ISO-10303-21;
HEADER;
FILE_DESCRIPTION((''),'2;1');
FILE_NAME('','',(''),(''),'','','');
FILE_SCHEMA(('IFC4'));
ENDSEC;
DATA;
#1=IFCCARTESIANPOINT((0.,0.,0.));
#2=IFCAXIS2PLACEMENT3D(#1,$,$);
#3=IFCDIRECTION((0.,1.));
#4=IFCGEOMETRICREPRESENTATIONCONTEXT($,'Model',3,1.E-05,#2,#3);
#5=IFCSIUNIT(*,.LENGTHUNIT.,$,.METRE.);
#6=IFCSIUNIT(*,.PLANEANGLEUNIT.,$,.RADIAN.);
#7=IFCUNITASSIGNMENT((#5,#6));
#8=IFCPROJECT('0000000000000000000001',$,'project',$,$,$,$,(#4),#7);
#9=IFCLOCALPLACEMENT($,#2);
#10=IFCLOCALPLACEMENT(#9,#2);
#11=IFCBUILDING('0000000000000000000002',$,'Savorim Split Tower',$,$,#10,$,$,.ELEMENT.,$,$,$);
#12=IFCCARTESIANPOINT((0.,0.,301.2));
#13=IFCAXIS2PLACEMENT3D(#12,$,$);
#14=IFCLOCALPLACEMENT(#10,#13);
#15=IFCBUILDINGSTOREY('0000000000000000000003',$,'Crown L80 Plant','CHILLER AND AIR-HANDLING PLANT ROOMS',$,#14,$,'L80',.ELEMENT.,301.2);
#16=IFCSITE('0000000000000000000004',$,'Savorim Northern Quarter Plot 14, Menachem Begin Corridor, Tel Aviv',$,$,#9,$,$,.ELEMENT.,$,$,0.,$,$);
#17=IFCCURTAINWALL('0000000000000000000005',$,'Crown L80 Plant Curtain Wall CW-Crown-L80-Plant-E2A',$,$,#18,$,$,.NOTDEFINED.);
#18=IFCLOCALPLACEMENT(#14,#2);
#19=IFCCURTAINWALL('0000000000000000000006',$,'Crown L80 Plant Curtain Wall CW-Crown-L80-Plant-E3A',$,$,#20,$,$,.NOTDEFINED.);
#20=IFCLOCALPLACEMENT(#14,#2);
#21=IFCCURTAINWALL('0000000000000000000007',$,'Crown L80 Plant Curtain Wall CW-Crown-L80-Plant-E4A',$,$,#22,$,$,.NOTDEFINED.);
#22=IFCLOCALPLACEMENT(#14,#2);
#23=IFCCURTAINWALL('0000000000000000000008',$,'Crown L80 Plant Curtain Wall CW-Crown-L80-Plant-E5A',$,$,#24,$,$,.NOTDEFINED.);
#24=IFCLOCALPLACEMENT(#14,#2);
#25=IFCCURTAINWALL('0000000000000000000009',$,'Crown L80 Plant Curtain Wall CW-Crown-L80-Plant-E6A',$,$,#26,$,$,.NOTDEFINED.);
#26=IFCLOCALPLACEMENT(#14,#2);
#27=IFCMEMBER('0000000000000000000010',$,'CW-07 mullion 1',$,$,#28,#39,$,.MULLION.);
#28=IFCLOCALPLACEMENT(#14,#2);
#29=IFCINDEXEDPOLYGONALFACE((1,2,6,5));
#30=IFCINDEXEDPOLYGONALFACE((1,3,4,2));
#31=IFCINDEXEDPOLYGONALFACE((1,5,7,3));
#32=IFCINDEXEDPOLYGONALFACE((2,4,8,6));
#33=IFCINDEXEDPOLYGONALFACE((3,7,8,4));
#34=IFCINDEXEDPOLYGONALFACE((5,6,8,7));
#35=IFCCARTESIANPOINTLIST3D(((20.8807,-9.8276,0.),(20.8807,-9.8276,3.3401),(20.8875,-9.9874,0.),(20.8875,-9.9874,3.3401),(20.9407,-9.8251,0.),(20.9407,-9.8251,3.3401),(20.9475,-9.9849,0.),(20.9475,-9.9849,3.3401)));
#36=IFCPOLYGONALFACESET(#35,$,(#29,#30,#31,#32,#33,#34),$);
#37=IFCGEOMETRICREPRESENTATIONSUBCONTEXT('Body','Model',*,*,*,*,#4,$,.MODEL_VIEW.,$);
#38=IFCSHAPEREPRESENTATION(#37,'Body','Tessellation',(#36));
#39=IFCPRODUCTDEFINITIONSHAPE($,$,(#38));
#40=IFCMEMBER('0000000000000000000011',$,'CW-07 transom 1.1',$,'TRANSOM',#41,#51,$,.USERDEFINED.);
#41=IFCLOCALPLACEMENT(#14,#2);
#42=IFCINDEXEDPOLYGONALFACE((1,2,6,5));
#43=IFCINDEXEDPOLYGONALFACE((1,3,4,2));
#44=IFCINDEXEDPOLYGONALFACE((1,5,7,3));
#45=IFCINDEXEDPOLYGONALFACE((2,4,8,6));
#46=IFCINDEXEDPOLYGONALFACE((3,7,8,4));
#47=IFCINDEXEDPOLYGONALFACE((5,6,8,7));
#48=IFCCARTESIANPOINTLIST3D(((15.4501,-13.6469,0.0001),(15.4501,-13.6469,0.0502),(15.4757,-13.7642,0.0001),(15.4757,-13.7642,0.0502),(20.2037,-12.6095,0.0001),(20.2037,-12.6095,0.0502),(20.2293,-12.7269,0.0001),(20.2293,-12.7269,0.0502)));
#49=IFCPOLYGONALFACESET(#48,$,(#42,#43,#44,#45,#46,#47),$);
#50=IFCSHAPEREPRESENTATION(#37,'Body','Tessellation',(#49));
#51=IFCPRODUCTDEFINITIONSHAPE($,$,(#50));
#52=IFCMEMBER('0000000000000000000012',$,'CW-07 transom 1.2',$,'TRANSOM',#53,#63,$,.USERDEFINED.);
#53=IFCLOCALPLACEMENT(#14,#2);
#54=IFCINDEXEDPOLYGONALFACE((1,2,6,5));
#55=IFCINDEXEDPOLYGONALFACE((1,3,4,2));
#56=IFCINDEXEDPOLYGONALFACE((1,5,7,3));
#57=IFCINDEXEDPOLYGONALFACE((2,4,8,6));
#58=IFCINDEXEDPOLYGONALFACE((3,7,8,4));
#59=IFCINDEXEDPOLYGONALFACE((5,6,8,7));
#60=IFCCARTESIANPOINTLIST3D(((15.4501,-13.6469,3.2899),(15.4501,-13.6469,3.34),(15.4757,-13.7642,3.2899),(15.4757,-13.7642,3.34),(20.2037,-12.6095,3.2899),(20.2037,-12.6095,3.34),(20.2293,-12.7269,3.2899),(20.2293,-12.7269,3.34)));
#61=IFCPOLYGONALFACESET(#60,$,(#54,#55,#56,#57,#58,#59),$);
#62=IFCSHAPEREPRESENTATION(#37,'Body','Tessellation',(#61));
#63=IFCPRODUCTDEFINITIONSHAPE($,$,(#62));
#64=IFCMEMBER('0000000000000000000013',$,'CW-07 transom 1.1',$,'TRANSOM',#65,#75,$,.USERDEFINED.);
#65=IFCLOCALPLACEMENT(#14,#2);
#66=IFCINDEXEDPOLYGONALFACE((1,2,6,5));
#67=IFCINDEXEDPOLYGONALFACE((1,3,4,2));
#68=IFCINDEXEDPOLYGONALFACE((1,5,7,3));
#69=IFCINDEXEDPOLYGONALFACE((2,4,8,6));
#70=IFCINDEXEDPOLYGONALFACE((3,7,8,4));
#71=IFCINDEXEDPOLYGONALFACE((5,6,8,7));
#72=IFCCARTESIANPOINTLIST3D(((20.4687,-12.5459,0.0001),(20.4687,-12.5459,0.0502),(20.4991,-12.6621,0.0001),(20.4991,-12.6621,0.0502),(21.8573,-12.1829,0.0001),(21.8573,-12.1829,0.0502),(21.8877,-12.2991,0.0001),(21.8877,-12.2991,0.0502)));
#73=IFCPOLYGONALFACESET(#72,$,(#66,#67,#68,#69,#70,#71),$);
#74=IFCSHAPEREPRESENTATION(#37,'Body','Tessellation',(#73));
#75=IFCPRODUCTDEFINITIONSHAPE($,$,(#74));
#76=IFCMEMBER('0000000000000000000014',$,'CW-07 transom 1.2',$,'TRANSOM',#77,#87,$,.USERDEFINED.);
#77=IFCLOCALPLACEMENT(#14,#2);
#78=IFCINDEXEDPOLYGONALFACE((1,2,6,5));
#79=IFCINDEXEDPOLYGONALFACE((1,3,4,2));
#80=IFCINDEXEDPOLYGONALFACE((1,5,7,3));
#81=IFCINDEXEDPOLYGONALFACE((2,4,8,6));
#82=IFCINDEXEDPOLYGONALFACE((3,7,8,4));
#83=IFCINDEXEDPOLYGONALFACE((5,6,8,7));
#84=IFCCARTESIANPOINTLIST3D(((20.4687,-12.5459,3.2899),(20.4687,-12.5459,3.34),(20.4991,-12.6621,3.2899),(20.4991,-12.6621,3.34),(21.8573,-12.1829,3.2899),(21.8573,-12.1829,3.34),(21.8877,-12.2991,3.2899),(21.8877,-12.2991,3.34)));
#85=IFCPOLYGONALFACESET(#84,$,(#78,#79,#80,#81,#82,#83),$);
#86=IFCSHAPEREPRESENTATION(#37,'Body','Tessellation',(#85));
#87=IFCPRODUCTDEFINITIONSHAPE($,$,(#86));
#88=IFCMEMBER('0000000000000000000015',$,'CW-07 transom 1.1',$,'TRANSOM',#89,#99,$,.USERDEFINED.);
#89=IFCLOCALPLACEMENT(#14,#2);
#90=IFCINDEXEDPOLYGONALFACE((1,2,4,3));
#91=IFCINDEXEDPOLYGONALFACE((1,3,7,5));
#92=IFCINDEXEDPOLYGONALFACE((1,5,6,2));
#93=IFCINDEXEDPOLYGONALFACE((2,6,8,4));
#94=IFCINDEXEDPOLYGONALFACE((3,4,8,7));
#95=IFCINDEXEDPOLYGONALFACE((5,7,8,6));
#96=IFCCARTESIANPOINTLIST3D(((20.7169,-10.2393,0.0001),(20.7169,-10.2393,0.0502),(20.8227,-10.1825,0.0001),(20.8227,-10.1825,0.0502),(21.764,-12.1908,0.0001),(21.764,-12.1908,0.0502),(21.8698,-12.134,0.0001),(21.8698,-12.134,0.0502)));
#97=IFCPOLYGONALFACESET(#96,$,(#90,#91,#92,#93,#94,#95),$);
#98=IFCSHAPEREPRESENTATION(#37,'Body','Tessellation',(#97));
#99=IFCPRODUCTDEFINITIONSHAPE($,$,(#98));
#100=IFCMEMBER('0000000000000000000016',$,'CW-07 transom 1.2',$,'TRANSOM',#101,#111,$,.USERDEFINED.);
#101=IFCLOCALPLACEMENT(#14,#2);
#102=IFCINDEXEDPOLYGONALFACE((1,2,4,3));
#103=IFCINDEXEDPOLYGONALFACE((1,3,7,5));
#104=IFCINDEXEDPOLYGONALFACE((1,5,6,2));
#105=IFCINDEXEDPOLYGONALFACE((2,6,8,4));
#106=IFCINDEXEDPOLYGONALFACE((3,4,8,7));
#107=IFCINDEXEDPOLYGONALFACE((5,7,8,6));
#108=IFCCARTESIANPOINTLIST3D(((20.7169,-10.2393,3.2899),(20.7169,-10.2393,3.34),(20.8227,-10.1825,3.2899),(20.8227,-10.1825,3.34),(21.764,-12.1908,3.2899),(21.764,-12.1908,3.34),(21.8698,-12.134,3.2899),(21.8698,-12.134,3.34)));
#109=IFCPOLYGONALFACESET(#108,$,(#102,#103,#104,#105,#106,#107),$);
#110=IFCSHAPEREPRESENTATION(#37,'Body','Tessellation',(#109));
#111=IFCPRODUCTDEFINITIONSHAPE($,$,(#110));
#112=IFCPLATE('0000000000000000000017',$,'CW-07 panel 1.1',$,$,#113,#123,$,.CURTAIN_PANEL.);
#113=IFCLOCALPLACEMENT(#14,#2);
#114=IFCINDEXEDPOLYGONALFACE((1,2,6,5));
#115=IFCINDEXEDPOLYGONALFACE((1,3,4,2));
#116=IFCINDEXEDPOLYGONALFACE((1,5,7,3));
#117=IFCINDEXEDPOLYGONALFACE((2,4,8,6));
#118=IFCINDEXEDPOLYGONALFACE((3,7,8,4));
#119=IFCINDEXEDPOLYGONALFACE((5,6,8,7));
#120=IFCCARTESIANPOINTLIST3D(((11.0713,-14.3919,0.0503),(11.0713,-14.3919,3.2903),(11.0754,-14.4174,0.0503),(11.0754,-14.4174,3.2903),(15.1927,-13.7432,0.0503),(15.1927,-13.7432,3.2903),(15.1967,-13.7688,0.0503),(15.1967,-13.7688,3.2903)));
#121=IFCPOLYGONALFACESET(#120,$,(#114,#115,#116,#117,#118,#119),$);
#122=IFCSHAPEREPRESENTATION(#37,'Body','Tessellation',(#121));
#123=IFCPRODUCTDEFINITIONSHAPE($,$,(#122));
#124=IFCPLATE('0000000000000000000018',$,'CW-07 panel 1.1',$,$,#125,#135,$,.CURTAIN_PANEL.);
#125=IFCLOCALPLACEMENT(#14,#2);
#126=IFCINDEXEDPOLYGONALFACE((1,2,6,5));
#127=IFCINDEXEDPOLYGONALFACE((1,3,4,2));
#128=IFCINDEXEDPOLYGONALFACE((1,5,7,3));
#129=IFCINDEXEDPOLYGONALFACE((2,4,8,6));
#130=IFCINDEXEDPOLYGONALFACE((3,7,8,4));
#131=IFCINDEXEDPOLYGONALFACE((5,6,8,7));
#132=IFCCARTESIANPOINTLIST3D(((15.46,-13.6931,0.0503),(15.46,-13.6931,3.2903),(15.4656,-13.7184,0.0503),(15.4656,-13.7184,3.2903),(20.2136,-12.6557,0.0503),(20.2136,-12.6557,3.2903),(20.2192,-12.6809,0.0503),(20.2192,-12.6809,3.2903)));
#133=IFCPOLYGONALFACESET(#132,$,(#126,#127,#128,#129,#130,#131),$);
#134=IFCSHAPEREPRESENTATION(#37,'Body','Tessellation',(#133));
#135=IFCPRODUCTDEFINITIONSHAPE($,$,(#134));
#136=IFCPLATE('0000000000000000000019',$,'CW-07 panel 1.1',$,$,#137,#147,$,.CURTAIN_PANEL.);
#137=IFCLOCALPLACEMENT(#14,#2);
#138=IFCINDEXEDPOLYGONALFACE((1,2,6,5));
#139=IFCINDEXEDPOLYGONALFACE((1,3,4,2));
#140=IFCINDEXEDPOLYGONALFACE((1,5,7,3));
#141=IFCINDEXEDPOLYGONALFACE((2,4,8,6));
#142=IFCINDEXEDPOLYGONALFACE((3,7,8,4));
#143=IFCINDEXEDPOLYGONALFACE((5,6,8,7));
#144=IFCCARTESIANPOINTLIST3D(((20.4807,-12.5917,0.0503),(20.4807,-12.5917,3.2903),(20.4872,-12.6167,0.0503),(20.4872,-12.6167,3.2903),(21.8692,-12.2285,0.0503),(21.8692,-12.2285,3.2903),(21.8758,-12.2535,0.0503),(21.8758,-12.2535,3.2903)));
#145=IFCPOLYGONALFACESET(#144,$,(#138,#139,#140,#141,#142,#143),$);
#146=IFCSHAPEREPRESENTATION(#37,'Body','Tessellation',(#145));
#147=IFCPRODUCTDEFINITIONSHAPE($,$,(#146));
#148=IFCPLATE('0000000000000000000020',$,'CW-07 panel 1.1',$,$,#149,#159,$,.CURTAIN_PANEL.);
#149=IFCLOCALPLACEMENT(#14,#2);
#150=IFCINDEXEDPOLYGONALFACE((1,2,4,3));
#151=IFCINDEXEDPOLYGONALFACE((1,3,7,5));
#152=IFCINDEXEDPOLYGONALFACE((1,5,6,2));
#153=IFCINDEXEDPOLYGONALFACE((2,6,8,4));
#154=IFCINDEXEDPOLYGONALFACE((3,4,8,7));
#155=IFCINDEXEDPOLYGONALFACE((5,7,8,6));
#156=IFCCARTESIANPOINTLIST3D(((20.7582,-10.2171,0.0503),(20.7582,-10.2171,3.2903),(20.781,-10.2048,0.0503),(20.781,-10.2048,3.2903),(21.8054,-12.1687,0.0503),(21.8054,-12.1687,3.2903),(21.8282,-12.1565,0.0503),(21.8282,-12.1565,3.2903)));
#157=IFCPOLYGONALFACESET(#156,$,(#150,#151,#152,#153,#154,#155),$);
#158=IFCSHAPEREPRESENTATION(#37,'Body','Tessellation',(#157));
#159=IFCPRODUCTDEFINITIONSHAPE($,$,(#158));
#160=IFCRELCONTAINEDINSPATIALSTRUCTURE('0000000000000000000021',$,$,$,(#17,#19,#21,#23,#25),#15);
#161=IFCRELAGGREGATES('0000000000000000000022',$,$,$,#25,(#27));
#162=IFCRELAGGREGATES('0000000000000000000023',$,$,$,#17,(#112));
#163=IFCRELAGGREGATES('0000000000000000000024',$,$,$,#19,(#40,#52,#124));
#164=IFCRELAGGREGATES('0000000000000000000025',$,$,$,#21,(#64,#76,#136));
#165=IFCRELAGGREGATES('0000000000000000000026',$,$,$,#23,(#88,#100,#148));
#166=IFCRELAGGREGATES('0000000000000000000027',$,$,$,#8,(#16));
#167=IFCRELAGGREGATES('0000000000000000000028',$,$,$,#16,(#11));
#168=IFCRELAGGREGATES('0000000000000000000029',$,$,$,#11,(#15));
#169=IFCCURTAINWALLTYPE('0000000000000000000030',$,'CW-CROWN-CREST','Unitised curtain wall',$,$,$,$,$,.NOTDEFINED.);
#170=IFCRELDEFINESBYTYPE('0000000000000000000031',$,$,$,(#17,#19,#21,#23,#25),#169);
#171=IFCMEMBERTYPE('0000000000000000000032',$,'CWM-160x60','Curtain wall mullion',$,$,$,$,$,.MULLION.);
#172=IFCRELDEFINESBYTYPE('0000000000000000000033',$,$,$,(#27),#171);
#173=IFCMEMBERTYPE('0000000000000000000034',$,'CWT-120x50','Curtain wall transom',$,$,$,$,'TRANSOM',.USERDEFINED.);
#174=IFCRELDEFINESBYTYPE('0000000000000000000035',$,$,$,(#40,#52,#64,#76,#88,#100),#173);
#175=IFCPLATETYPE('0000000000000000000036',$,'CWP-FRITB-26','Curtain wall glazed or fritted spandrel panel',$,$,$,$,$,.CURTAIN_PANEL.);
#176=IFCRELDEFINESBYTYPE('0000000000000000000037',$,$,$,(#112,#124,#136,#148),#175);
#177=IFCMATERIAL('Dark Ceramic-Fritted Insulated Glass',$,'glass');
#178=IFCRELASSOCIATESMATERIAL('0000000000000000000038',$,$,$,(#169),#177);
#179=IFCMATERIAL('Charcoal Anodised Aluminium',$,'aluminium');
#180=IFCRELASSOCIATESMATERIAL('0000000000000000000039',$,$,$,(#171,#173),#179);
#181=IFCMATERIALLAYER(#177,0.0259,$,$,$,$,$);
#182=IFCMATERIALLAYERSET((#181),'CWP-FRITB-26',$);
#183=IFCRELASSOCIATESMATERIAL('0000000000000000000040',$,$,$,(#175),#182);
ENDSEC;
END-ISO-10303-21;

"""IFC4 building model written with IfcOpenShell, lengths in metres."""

from ifc_helpers import new_model, si_unit, direction, frame, origin, origin_2d, place, context, subcontext, project, spatial, rectangle, extrude, material, layer, layer_set, material_profile, profile_set, type_object, element, aggregate, save


model = new_model("IFC4")

# Units and contexts
model_context = context("Model", 3, precision=1e-05, world=origin(), true_north=direction((0.0, 1.0)))
body_context = subcontext(model_context, "Body", "Model", "MODEL_VIEW")
ifc_project = project(units=[si_unit("LENGTHUNIT", "METRE"), si_unit("PLANEANGLEUNIT", "RADIAN")], contexts=[model_context])

# Site, building, storey
site_placement = place(None, origin())
site = spatial("IfcSite", under=ifc_project, at=site_placement, Name="Savorim Northern Quarter Plot 14, Menachem Begin Corridor, Tel Aviv", CompositionType="ELEMENT", RefElevation=0.0)
building_placement = place(site_placement, origin())
building = spatial("IfcBuilding", under=site, at=building_placement, Name="Savorim Split Tower", CompositionType="ELEMENT")
storey_placement = place(building_placement, frame((0.0, 0.0, 301.2)))
storey = spatial("IfcBuildingStorey", under=building, at=storey_placement, Name="Crown L80 Plant", Description="CHILLER AND AIR-HANDLING PLANT ROOMS", LongName="L80", CompositionType="ELEMENT", Elevation=301.2)

# Curtain wall
ifc_material_1 = material(Name="Dark Ceramic-Fritted Insulated Glass", Category="glass")
curtain_wall_type = type_object("IfcCurtainWallType", Name="CW-CROWN-CREST", Description="Unitised curtain wall", PredefinedType="NOTDEFINED", material=ifc_material_1)
curtain_wall_1_placement = place(storey_placement, origin())
curtain_wall_1 = element("IfcCurtainWall", 1, at=curtain_wall_1_placement, inside=storey, type_object=curtain_wall_type, Name="Crown L80 Plant Curtain Wall CW-Crown-L80-Plant-E2A", PredefinedType="NOTDEFINED")
ifc_material_2 = material(Name="Charcoal Anodised Aluminium", Category="aluminium")
ifc_material_profile_1 = material_profile(ifc_material_2, rectangle(XDim=0.1599, YDim=0.0601, at=origin_2d()), Name="ALU-M 160x60")
ifc_profile_set_1 = profile_set([ifc_material_profile_1], Name="Charcoal Anodised Aluminium")
member_type_1 = type_object("IfcMemberType", Name="CWM-160x60", Description="Curtain wall mullion", PredefinedType="MULLION", material=ifc_profile_set_1)

# Curtain walls
curtain_wall_2_placement = place(storey_placement, origin())
curtain_wall_2 = element("IfcCurtainWall", 2, at=curtain_wall_2_placement, inside=storey, type_object=curtain_wall_type, Name="Crown L80 Plant Curtain Wall CW-Crown-L80-Plant-E3A", PredefinedType="NOTDEFINED")
curtain_wall_3_placement = place(storey_placement, origin())
curtain_wall_3 = element("IfcCurtainWall", 3, at=curtain_wall_3_placement, inside=storey, type_object=curtain_wall_type, Name="Crown L80 Plant Curtain Wall CW-Crown-L80-Plant-E4A", PredefinedType="NOTDEFINED")
curtain_wall_4_placement = place(storey_placement, origin())
curtain_wall_4 = element("IfcCurtainWall", 4, at=curtain_wall_4_placement, inside=storey, type_object=curtain_wall_type, Name="Crown L80 Plant Curtain Wall CW-Crown-L80-Plant-E5A", PredefinedType="NOTDEFINED")

# Curtain wall, member
curtain_wall_5_placement = place(storey_placement, origin())
curtain_wall_5 = element("IfcCurtainWall", 5, at=curtain_wall_5_placement, inside=storey, type_object=curtain_wall_type, Name="Crown L80 Plant Curtain Wall CW-Crown-L80-Plant-E6A", PredefinedType="NOTDEFINED")
member_1_placement = place(storey_placement, frame((20.9141, -9.9062, 0.0), z_axis=(0.0, 0.0, 1.0), x_axis=(-0.042504, 0.999096, 0.0)))
member_1 = element("IfcMember", 6, at=member_1_placement, type_object=member_type_1, Name="CW-07 mullion 1", PredefinedType="MULLION", context=body_context, shape_type="SweptSolid", body=[
    extrude(rectangle(XDim=0.1599, YDim=0.0601, at=origin_2d()), origin(), (0.0, 0.0, 1.0), 3.3401),
])
aggregate(curtain_wall_5, [member_1])

# Members
ifc_material_profile_2 = material_profile(ifc_material_2, rectangle(XDim=0.1201, YDim=0.05, at=origin_2d()), Name="ALU-T 120x50")
ifc_profile_set_2 = profile_set([ifc_material_profile_2], Name="Charcoal Anodised Aluminium")
member_type_2 = type_object("IfcMemberType", Name="CWT-120x50", Description="Curtain wall transom", ElementType="TRANSOM", PredefinedType="USERDEFINED", material=ifc_profile_set_2)
member_2_placement = place(storey_placement, frame((15.4629, -13.7056, 0.0251), z_axis=(0.977008, 0.213205, 0.0), x_axis=(-0.213205, 0.977008, 0.0)))
member_2 = element("IfcMember", 7, at=member_2_placement, type_object=member_type_2, Name="CW-07 transom 1.1", ObjectType="TRANSOM", PredefinedType="USERDEFINED", context=body_context, shape_type="SweptSolid", body=[
    extrude(rectangle(XDim=0.1201, YDim=0.05, at=origin_2d()), origin(), (0.0, 0.0, 1.0), 4.8655),
])
member_3_placement = place(storey_placement, frame((15.4629, -13.7056, 3.3149), z_axis=(0.977008, 0.213205, 0.0), x_axis=(-0.213205, 0.977008, 0.0)))
member_3 = element("IfcMember", 8, at=member_3_placement, type_object=member_type_2, Name="CW-07 transom 1.2", ObjectType="TRANSOM", PredefinedType="USERDEFINED", context=body_context, shape_type="SweptSolid", body=[
    extrude(rectangle(XDim=0.1201, YDim=0.05, at=origin_2d()), origin(), (0.0, 0.0, 1.0), 4.8655),
])
member_4_placement = place(storey_placement, frame((20.4839, -12.604, 0.0251), z_axis=(0.967485, 0.252927, 0.0), x_axis=(-0.252927, 0.967485, 0.0)))
member_4 = element("IfcMember", 9, at=member_4_placement, type_object=member_type_2, Name="CW-07 transom 1.1", ObjectType="TRANSOM", PredefinedType="USERDEFINED", context=body_context, shape_type="SweptSolid", body=[
    extrude(rectangle(XDim=0.1201, YDim=0.05, at=origin_2d()), origin(), (0.0, 0.0, 1.0), 1.4353),
])
member_5_placement = place(storey_placement, frame((20.4839, -12.604, 3.3149), z_axis=(0.967485, 0.252927, 0.0), x_axis=(-0.252927, 0.967485, 0.0)))
member_5 = element("IfcMember", 10, at=member_5_placement, type_object=member_type_2, Name="CW-07 transom 1.2", ObjectType="TRANSOM", PredefinedType="USERDEFINED", context=body_context, shape_type="SweptSolid", body=[
    extrude(rectangle(XDim=0.1201, YDim=0.05, at=origin_2d()), origin(), (0.0, 0.0, 1.0), 1.4353),
])
member_6_placement = place(storey_placement, frame((21.8169, -12.1624, 0.0251), z_axis=(-0.472824, 0.881157, 0.0), x_axis=(-0.881157, -0.472824, 0.0)))
member_6 = element("IfcMember", 11, at=member_6_placement, type_object=member_type_2, Name="CW-07 transom 1.1", ObjectType="TRANSOM", PredefinedType="USERDEFINED", context=body_context, shape_type="SweptSolid", body=[
    extrude(rectangle(XDim=0.1201, YDim=0.05, at=origin_2d()), origin(), (0.0, 0.0, 1.0), 2.2146),
])
member_7_placement = place(storey_placement, frame((21.8169, -12.1624, 3.3149), z_axis=(-0.472824, 0.881157, 0.0), x_axis=(-0.881157, -0.472824, 0.0)))
member_7 = element("IfcMember", 12, at=member_7_placement, type_object=member_type_2, Name="CW-07 transom 1.2", ObjectType="TRANSOM", PredefinedType="USERDEFINED", context=body_context, shape_type="SweptSolid", body=[
    extrude(rectangle(XDim=0.1201, YDim=0.05, at=origin_2d()), origin(), (0.0, 0.0, 1.0), 2.2146),
])

# Plates
ifc_layer_1 = layer(ifc_material_1, 0.0259)
ifc_layer_set_1 = layer_set([ifc_layer_1], Name="CWP-FRITB-26")
plate_type = type_object("IfcPlateType", Name="CWP-FRITB-26", Description="Curtain wall glazed or fritted spandrel panel", PredefinedType="CURTAIN_PANEL", material=ifc_layer_set_1)
plate_1_placement = place(storey_placement, frame((13.134, -14.0803, 0.0503), z_axis=(0.0, 0.0, 1.0), x_axis=(0.98784, 0.155472, 0.0)))
plate_1 = element("IfcPlate", 13, at=plate_1_placement, type_object=plate_type, Name="CW-07 panel 1.1", PredefinedType="CURTAIN_PANEL", context=body_context, shape_type="SweptSolid", body=[
    extrude(rectangle(XDim=4.1721, YDim=0.0259, at=origin_2d()), origin(), (0.0, 0.0, 1.0), 3.24),
])
aggregate(curtain_wall_1, [plate_1])
plate_2_placement = place(storey_placement, frame((17.8396, -13.187, 0.0503), z_axis=(0.0, 0.0, 1.0), x_axis=(0.977004, 0.213221, 0.0)))
plate_2 = element("IfcPlate", 14, at=plate_2_placement, type_object=plate_type, Name="CW-07 panel 1.1", PredefinedType="CURTAIN_PANEL", context=body_context, shape_type="SweptSolid", body=[
    extrude(rectangle(XDim=4.8655, YDim=0.0259, at=origin_2d()), origin(), (0.0, 0.0, 1.0), 3.24),
])
aggregate(curtain_wall_2, [member_2, member_3, plate_2])
plate_3_placement = place(storey_placement, frame((21.1782, -12.4226, 0.0503), z_axis=(0.0, 0.0, 1.0), x_axis=(0.967453, 0.25305, 0.0)))
plate_3 = element("IfcPlate", 15, at=plate_3_placement, type_object=plate_type, Name="CW-07 panel 1.1", PredefinedType="CURTAIN_PANEL", context=body_context, shape_type="SweptSolid", body=[
    extrude(rectangle(XDim=1.4353, YDim=0.0259, at=origin_2d()), origin(), (0.0, 0.0, 1.0), 3.24),
])
aggregate(curtain_wall_3, [member_4, member_5, plate_3])
plate_4_placement = place(storey_placement, frame((21.2932, -11.1868, 0.0503), z_axis=(0.0, 0.0, 1.0), x_axis=(-0.472812, 0.881163, 0.0)))
plate_4 = element("IfcPlate", 16, at=plate_4_placement, type_object=plate_type, Name="CW-07 panel 1.1", PredefinedType="CURTAIN_PANEL", context=body_context, shape_type="SweptSolid", body=[
    extrude(rectangle(XDim=2.2148, YDim=0.0259, at=origin_2d()), origin(), (0.0, 0.0, 1.0), 3.24),
])
aggregate(curtain_wall_4, [member_6, member_7, plate_4])

save(model, "model.ifc")
